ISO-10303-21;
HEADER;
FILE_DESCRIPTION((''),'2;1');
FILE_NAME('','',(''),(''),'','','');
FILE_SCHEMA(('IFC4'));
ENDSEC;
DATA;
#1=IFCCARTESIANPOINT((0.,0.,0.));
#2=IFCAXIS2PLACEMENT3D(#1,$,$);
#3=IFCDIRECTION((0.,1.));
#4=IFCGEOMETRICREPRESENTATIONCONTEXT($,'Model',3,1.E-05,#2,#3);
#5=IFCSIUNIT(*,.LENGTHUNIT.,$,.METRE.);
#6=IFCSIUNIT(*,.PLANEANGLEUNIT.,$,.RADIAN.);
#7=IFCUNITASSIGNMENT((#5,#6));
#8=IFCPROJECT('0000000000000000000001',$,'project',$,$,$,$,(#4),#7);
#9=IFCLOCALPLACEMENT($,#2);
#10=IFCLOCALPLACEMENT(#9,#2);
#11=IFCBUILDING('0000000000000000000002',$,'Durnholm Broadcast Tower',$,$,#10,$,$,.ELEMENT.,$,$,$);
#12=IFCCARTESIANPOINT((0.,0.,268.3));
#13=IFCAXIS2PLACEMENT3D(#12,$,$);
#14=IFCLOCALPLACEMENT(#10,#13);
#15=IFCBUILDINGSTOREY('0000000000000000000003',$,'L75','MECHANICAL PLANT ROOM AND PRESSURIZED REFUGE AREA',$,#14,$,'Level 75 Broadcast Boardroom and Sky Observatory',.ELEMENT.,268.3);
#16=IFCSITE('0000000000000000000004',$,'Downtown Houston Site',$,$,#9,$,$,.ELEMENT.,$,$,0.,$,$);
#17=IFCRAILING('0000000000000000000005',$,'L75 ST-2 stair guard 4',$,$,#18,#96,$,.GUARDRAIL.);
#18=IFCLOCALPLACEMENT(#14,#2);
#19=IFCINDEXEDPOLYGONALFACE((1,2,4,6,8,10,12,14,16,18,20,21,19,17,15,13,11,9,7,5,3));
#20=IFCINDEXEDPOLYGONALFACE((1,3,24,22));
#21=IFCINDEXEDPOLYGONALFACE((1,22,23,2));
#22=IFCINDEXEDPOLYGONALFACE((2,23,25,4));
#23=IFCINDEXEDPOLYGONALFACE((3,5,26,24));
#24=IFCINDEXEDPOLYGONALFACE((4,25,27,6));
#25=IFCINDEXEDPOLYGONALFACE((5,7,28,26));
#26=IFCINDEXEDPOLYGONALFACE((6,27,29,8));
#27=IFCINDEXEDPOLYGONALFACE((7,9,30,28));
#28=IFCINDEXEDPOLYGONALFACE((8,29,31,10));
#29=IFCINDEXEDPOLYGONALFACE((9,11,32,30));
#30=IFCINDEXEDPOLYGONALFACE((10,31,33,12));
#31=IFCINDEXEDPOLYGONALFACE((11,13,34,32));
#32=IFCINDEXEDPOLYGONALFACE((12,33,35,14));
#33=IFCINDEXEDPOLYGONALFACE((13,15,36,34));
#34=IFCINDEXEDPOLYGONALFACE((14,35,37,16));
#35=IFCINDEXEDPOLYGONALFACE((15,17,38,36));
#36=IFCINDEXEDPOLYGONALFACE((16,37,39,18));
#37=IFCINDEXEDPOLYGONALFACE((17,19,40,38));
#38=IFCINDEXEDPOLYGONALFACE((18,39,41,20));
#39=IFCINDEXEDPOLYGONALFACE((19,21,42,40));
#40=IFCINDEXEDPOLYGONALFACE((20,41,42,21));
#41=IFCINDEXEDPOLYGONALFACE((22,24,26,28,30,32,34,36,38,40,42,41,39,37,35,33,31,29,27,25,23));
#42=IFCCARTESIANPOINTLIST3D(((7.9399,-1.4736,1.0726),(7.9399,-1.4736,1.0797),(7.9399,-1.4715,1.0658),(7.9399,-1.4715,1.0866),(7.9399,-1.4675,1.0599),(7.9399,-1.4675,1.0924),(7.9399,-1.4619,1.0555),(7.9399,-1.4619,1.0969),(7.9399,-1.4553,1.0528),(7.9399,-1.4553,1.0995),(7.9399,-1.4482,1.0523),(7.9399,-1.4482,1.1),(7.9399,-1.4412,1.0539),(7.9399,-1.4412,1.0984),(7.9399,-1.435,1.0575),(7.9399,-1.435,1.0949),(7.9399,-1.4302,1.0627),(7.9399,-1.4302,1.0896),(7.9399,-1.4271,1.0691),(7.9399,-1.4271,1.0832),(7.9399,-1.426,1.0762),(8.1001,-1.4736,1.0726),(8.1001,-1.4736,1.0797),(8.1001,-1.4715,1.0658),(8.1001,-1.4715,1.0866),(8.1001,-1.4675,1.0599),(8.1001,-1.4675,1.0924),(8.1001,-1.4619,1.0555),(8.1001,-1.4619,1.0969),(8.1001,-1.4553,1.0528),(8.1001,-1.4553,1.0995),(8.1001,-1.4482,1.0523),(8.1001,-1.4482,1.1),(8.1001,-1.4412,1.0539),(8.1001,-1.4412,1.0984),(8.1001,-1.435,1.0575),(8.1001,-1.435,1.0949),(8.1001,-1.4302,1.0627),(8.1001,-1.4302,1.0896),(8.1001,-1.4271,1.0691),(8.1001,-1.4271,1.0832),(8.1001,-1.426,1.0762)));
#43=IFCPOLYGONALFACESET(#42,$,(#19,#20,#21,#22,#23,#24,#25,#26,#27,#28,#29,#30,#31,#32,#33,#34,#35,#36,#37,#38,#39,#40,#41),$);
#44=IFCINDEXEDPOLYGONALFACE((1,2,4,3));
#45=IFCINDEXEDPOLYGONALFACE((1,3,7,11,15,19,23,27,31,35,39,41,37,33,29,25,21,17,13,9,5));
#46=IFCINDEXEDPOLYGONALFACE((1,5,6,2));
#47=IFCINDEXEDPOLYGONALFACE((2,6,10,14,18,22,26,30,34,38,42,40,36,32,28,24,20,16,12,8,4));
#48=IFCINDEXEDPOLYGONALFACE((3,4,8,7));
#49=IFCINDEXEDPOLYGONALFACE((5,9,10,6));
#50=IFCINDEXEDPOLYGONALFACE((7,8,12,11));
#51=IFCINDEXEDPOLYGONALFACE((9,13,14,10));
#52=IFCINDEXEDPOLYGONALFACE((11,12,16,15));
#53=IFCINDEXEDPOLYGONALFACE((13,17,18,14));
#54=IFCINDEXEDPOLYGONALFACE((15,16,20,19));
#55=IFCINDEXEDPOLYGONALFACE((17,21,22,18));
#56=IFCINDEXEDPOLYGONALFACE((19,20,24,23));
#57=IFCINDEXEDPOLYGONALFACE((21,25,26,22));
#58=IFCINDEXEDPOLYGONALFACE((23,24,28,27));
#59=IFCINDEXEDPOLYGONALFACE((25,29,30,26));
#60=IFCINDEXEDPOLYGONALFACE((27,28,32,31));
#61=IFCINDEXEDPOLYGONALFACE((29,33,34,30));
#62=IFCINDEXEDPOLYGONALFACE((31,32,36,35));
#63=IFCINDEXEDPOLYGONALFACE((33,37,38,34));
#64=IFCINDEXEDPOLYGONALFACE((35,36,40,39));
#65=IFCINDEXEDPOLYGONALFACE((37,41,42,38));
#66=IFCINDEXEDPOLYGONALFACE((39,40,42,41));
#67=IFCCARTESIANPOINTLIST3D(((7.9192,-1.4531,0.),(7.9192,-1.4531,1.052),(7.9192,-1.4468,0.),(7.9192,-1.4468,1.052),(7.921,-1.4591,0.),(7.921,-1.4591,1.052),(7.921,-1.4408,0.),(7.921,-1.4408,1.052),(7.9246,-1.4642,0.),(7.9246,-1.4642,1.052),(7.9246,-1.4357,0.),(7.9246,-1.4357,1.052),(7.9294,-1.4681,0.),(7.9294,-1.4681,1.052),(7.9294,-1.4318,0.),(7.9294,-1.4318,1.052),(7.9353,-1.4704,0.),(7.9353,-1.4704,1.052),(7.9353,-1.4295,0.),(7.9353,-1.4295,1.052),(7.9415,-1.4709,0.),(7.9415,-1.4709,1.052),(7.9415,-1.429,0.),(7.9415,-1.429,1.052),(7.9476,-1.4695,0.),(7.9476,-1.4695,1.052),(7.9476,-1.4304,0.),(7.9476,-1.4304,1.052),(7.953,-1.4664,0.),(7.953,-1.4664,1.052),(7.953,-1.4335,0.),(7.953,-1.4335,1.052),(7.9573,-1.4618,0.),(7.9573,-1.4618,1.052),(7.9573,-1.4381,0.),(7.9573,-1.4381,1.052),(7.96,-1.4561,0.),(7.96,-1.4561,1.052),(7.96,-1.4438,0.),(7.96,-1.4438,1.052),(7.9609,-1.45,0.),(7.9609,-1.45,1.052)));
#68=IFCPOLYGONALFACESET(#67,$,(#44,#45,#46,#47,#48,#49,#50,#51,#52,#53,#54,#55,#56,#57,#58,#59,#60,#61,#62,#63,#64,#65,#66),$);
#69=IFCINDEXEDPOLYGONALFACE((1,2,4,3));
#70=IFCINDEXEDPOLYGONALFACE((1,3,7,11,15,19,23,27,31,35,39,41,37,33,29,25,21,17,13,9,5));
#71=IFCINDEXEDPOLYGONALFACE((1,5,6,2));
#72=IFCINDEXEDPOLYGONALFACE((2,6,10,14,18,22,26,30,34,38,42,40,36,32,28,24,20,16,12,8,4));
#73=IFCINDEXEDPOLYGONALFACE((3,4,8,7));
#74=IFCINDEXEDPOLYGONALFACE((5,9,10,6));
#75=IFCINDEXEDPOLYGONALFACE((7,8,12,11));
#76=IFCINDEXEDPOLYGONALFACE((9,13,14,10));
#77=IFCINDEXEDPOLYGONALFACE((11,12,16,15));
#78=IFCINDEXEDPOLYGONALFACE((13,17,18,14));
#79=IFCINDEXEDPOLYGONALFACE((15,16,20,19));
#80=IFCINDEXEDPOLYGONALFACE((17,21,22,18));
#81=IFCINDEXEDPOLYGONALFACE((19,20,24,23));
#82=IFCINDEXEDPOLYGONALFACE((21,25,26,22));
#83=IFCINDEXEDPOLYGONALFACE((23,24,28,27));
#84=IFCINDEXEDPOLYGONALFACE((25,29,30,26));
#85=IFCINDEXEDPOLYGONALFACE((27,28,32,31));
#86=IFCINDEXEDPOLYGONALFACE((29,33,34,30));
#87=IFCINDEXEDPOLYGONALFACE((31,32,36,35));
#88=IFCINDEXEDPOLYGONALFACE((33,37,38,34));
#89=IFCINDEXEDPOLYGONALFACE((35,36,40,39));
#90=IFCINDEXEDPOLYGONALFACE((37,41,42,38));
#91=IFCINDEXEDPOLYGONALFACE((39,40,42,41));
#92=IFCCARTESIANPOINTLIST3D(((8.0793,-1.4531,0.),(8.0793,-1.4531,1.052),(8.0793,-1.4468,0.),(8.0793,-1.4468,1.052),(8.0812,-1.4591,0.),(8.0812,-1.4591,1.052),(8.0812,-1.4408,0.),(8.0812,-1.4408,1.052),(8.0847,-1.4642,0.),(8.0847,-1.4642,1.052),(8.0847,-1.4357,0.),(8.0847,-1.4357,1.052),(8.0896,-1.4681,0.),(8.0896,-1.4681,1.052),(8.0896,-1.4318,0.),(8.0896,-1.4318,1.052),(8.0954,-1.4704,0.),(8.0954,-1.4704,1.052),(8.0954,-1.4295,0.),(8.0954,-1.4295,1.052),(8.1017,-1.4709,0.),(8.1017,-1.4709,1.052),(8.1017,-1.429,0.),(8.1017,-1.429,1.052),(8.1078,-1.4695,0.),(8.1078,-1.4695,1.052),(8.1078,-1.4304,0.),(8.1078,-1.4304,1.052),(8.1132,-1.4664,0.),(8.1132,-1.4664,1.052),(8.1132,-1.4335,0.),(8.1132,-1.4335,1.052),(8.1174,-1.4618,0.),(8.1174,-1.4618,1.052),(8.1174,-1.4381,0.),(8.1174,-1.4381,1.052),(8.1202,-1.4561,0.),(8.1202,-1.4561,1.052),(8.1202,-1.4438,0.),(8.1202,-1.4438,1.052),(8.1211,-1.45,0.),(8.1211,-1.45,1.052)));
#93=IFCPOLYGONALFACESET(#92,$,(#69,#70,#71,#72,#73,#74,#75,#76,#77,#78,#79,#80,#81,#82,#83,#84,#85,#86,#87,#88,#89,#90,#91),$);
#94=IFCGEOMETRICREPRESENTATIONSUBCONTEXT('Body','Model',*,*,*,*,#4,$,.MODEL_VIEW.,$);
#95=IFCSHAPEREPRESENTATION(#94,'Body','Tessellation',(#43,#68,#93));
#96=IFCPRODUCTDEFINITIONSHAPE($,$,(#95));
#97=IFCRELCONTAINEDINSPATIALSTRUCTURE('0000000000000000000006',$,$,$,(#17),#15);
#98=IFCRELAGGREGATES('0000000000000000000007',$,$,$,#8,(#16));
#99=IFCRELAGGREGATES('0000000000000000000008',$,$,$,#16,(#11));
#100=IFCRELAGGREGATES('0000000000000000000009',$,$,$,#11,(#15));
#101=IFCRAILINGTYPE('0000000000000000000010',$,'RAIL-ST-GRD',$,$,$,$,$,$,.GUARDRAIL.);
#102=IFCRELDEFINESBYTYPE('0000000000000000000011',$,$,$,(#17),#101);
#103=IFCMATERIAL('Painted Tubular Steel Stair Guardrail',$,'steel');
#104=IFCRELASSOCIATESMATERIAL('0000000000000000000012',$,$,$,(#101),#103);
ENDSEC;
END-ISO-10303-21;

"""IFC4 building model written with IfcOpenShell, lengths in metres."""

from ifc_helpers import new_model, si_unit, direction, frame, origin, origin_2d, place, context, subcontext, project, spatial, circle, extrude, material, type_object, element, save


model = new_model("IFC4")

# Units and contexts
model_context = context("Model", 3, precision=1e-05, world=origin(), true_north=direction((0.0, 1.0)))
body_context = subcontext(model_context, "Body", "Model", "MODEL_VIEW")
ifc_project = project(units=[si_unit("LENGTHUNIT", "METRE"), si_unit("PLANEANGLEUNIT", "RADIAN")], contexts=[model_context])

# Site, building, storey
site_placement = place(None, origin())
site = spatial("IfcSite", under=ifc_project, at=site_placement, Name="Downtown Houston Site", CompositionType="ELEMENT", RefElevation=0.0)
building_placement = place(site_placement, origin())
building = spatial("IfcBuilding", under=site, at=building_placement, Name="Durnholm Broadcast Tower", CompositionType="ELEMENT")
storey_placement = place(building_placement, frame((0.0, 0.0, 268.3)))
storey = spatial("IfcBuildingStorey", under=building, at=storey_placement, Name="L75", Description="MECHANICAL PLANT ROOM AND PRESSURIZED REFUGE AREA", LongName="Level 75 Broadcast Boardroom and Sky Observatory", CompositionType="ELEMENT", Elevation=268.3)

# Railing
ifc_material_1 = material(Name="Painted Tubular Steel Stair Guardrail", Category="steel")
railing_type_1 = type_object("IfcRailingType", Name="RAIL-ST-GRD", PredefinedType="GUARDRAIL", material=ifc_material_1)
railing_1_placement = place(storey_placement, frame((7.9399, -1.45, 0.0)))
element("IfcRailing", 1, at=railing_1_placement, inside=storey, type_object=railing_type_1, Name="L75 ST-2 stair guard 4", PredefinedType="GUARDRAIL", context=body_context, shape_type="SweptSolid", body=[
    extrude(circle(Radius=0.0239, at=origin_2d()), frame((0.0, 0.0, 1.0762), z_axis=(1.0, 0.0, 0.0), x_axis=(0.0, 1.0, 0.0)), (0.0, 0.0, 1.0), 0.1602),
    extrude(circle(Radius=0.021, at=origin_2d()), origin(), (0.0, 0.0, 1.0), 1.052),
    extrude(circle(Radius=0.021, at=origin_2d()), frame((0.1602, 0.0, 0.0)), (0.0, 0.0, 1.0), 1.052),
])

save(model, "model.ifc")
